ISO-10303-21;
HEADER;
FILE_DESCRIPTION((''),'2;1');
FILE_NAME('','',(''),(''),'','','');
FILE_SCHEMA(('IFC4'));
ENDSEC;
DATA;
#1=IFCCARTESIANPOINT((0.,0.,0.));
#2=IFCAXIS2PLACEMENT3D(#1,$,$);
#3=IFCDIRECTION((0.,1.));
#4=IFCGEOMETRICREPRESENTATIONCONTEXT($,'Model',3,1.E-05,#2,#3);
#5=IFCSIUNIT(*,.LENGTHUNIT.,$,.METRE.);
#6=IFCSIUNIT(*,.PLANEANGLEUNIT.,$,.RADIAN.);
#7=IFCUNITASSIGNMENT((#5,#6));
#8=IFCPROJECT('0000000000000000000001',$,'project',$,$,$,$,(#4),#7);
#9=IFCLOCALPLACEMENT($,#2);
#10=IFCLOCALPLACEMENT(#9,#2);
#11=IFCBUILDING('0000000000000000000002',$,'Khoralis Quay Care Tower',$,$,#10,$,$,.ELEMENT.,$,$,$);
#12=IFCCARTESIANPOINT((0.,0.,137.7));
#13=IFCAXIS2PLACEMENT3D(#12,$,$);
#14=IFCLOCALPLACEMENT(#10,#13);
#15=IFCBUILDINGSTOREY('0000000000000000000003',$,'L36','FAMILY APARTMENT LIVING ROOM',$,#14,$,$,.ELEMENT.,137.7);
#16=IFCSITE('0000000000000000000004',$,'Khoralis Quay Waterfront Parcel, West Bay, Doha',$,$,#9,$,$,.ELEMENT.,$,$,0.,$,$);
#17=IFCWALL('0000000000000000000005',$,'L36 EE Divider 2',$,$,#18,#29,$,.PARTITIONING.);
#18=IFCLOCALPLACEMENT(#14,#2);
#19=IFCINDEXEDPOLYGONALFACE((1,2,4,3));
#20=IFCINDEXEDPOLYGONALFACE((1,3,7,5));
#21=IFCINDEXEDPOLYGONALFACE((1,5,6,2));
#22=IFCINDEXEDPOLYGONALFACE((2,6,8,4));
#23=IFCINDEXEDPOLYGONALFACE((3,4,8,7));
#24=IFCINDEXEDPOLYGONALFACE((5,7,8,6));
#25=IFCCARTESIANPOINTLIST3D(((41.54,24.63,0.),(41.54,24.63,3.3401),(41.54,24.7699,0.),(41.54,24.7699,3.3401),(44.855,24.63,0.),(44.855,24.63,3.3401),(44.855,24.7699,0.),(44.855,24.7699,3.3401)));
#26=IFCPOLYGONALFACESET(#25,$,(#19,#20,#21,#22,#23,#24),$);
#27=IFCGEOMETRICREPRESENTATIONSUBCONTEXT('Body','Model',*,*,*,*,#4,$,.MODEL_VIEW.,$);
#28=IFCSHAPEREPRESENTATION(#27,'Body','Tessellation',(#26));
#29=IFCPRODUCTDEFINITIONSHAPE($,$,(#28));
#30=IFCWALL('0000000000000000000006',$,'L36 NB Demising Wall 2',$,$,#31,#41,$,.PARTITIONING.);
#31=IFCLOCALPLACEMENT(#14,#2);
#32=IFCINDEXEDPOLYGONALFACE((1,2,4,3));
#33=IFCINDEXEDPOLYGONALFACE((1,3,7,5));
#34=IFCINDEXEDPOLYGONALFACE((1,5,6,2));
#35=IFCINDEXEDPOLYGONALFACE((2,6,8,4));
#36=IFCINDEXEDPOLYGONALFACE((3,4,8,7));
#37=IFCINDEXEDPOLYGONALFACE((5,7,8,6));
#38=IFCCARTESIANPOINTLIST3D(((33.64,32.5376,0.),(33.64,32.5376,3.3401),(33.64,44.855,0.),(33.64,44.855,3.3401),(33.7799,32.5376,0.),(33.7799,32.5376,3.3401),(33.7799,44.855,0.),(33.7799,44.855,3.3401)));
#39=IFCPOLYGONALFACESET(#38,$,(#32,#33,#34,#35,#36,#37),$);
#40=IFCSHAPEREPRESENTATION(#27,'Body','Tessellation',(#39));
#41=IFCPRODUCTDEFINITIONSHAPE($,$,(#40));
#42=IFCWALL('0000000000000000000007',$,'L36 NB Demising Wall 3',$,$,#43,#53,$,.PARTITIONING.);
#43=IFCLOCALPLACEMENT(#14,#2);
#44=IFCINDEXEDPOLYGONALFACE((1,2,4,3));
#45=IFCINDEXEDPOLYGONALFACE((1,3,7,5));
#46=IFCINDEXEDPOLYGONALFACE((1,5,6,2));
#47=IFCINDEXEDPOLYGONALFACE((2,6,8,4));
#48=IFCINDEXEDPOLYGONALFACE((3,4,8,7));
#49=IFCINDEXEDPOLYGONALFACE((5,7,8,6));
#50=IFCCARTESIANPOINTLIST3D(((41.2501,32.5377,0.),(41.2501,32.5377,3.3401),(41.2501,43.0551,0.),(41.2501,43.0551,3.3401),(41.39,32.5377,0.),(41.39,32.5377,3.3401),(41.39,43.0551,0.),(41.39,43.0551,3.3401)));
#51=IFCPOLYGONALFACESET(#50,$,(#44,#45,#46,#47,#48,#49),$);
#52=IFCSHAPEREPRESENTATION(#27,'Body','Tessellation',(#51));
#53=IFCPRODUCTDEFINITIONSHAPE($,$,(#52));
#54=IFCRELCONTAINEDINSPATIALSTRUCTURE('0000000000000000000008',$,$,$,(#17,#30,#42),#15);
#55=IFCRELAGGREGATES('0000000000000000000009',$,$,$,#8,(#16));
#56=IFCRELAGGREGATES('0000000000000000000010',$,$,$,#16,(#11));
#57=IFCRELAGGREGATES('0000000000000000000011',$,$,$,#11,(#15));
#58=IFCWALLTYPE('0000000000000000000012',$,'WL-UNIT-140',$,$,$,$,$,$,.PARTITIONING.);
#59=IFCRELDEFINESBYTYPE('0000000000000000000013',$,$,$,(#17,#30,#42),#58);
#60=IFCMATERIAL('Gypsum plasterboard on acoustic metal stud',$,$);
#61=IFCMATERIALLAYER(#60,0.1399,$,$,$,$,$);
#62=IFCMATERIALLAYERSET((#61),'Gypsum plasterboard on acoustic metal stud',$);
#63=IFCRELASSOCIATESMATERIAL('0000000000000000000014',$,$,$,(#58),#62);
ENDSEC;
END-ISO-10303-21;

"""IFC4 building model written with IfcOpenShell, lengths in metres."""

from ifc_helpers import new_model, si_unit, direction, frame, frame_2d, origin, place, context, subcontext, project, spatial, rectangle, extrude, material, layer, layer_set, type_object, element, save


model = new_model("IFC4")

# Units and contexts
model_context = context("Model", 3, precision=1e-05, world=origin(), true_north=direction((0.0, 1.0)))
body_context = subcontext(model_context, "Body", "Model", "MODEL_VIEW")
ifc_project = project(units=[si_unit("LENGTHUNIT", "METRE"), si_unit("PLANEANGLEUNIT", "RADIAN")], contexts=[model_context])

# Site, building, storey
site_placement = place(None, origin())
site = spatial("IfcSite", under=ifc_project, at=site_placement, Name="Khoralis Quay Waterfront Parcel, West Bay, Doha", CompositionType="ELEMENT", RefElevation=0.0)
building_placement = place(site_placement, origin())
building = spatial("IfcBuilding", under=site, at=building_placement, Name="Khoralis Quay Care Tower", CompositionType="ELEMENT")
storey_placement = place(building_placement, frame((0.0, 0.0, 137.7)))
storey = spatial("IfcBuildingStorey", under=building, at=storey_placement, Name="L36", Description="FAMILY APARTMENT LIVING ROOM", CompositionType="ELEMENT", Elevation=137.7)

# Shared definitions
ifc_material_1 = material(Name="Gypsum plasterboard on acoustic metal stud")

# Walls
ifc_layer_1 = layer(ifc_material_1, 0.1399)
ifc_layer_set_1 = layer_set([ifc_layer_1], Name="Gypsum plasterboard on acoustic metal stud")
wall_type_1 = type_object("IfcWallType", Name="WL-UNIT-140", PredefinedType="PARTITIONING", material=ifc_layer_set_1)
wall_1_placement = place(storey_placement, frame((41.54, 24.7, 0.0), z_axis=(0.0, 0.0, 1.0), x_axis=(1.0, 0.0, 0.0)))
element("IfcWall", 1, at=wall_1_placement, inside=storey, type_object=wall_type_1, Name="L36 EE Divider 2", PredefinedType="PARTITIONING", context=body_context, shape_type="SweptSolid", body=[
    extrude(rectangle(XDim=3.3149, YDim=0.1399, at=frame_2d((1.6575, 0.0))), origin(), (0.0, 0.0, 1.0), 3.3401),
])
wall_2_placement = place(storey_placement, frame((33.71, 32.5376, 0.0), z_axis=(0.0, 0.0, 1.0), x_axis=(0.0, 1.0, 0.0)))
element("IfcWall", 2, at=wall_2_placement, inside=storey, type_object=wall_type_1, Name="L36 NB Demising Wall 2", PredefinedType="PARTITIONING", context=body_context, shape_type="SweptSolid", body=[
    extrude(rectangle(XDim=12.3174, YDim=0.1399, at=frame_2d((6.1587, 0.0))), origin(), (0.0, 0.0, 1.0), 3.3401),
])
wall_3_placement = place(storey_placement, frame((41.3201, 32.5376, 0.0), z_axis=(0.0, 0.0, 1.0), x_axis=(0.0, 1.0, 0.0)))
element("IfcWall", 3, at=wall_3_placement, inside=storey, type_object=wall_type_1, Name="L36 NB Demising Wall 3", PredefinedType="PARTITIONING", context=body_context, shape_type="SweptSolid", body=[
    extrude(rectangle(XDim=10.5173, YDim=0.1399, at=frame_2d((5.2588, 0.0))), origin(), (0.0, 0.0, 1.0), 3.3401),
])

save(model, "model.ifc")
